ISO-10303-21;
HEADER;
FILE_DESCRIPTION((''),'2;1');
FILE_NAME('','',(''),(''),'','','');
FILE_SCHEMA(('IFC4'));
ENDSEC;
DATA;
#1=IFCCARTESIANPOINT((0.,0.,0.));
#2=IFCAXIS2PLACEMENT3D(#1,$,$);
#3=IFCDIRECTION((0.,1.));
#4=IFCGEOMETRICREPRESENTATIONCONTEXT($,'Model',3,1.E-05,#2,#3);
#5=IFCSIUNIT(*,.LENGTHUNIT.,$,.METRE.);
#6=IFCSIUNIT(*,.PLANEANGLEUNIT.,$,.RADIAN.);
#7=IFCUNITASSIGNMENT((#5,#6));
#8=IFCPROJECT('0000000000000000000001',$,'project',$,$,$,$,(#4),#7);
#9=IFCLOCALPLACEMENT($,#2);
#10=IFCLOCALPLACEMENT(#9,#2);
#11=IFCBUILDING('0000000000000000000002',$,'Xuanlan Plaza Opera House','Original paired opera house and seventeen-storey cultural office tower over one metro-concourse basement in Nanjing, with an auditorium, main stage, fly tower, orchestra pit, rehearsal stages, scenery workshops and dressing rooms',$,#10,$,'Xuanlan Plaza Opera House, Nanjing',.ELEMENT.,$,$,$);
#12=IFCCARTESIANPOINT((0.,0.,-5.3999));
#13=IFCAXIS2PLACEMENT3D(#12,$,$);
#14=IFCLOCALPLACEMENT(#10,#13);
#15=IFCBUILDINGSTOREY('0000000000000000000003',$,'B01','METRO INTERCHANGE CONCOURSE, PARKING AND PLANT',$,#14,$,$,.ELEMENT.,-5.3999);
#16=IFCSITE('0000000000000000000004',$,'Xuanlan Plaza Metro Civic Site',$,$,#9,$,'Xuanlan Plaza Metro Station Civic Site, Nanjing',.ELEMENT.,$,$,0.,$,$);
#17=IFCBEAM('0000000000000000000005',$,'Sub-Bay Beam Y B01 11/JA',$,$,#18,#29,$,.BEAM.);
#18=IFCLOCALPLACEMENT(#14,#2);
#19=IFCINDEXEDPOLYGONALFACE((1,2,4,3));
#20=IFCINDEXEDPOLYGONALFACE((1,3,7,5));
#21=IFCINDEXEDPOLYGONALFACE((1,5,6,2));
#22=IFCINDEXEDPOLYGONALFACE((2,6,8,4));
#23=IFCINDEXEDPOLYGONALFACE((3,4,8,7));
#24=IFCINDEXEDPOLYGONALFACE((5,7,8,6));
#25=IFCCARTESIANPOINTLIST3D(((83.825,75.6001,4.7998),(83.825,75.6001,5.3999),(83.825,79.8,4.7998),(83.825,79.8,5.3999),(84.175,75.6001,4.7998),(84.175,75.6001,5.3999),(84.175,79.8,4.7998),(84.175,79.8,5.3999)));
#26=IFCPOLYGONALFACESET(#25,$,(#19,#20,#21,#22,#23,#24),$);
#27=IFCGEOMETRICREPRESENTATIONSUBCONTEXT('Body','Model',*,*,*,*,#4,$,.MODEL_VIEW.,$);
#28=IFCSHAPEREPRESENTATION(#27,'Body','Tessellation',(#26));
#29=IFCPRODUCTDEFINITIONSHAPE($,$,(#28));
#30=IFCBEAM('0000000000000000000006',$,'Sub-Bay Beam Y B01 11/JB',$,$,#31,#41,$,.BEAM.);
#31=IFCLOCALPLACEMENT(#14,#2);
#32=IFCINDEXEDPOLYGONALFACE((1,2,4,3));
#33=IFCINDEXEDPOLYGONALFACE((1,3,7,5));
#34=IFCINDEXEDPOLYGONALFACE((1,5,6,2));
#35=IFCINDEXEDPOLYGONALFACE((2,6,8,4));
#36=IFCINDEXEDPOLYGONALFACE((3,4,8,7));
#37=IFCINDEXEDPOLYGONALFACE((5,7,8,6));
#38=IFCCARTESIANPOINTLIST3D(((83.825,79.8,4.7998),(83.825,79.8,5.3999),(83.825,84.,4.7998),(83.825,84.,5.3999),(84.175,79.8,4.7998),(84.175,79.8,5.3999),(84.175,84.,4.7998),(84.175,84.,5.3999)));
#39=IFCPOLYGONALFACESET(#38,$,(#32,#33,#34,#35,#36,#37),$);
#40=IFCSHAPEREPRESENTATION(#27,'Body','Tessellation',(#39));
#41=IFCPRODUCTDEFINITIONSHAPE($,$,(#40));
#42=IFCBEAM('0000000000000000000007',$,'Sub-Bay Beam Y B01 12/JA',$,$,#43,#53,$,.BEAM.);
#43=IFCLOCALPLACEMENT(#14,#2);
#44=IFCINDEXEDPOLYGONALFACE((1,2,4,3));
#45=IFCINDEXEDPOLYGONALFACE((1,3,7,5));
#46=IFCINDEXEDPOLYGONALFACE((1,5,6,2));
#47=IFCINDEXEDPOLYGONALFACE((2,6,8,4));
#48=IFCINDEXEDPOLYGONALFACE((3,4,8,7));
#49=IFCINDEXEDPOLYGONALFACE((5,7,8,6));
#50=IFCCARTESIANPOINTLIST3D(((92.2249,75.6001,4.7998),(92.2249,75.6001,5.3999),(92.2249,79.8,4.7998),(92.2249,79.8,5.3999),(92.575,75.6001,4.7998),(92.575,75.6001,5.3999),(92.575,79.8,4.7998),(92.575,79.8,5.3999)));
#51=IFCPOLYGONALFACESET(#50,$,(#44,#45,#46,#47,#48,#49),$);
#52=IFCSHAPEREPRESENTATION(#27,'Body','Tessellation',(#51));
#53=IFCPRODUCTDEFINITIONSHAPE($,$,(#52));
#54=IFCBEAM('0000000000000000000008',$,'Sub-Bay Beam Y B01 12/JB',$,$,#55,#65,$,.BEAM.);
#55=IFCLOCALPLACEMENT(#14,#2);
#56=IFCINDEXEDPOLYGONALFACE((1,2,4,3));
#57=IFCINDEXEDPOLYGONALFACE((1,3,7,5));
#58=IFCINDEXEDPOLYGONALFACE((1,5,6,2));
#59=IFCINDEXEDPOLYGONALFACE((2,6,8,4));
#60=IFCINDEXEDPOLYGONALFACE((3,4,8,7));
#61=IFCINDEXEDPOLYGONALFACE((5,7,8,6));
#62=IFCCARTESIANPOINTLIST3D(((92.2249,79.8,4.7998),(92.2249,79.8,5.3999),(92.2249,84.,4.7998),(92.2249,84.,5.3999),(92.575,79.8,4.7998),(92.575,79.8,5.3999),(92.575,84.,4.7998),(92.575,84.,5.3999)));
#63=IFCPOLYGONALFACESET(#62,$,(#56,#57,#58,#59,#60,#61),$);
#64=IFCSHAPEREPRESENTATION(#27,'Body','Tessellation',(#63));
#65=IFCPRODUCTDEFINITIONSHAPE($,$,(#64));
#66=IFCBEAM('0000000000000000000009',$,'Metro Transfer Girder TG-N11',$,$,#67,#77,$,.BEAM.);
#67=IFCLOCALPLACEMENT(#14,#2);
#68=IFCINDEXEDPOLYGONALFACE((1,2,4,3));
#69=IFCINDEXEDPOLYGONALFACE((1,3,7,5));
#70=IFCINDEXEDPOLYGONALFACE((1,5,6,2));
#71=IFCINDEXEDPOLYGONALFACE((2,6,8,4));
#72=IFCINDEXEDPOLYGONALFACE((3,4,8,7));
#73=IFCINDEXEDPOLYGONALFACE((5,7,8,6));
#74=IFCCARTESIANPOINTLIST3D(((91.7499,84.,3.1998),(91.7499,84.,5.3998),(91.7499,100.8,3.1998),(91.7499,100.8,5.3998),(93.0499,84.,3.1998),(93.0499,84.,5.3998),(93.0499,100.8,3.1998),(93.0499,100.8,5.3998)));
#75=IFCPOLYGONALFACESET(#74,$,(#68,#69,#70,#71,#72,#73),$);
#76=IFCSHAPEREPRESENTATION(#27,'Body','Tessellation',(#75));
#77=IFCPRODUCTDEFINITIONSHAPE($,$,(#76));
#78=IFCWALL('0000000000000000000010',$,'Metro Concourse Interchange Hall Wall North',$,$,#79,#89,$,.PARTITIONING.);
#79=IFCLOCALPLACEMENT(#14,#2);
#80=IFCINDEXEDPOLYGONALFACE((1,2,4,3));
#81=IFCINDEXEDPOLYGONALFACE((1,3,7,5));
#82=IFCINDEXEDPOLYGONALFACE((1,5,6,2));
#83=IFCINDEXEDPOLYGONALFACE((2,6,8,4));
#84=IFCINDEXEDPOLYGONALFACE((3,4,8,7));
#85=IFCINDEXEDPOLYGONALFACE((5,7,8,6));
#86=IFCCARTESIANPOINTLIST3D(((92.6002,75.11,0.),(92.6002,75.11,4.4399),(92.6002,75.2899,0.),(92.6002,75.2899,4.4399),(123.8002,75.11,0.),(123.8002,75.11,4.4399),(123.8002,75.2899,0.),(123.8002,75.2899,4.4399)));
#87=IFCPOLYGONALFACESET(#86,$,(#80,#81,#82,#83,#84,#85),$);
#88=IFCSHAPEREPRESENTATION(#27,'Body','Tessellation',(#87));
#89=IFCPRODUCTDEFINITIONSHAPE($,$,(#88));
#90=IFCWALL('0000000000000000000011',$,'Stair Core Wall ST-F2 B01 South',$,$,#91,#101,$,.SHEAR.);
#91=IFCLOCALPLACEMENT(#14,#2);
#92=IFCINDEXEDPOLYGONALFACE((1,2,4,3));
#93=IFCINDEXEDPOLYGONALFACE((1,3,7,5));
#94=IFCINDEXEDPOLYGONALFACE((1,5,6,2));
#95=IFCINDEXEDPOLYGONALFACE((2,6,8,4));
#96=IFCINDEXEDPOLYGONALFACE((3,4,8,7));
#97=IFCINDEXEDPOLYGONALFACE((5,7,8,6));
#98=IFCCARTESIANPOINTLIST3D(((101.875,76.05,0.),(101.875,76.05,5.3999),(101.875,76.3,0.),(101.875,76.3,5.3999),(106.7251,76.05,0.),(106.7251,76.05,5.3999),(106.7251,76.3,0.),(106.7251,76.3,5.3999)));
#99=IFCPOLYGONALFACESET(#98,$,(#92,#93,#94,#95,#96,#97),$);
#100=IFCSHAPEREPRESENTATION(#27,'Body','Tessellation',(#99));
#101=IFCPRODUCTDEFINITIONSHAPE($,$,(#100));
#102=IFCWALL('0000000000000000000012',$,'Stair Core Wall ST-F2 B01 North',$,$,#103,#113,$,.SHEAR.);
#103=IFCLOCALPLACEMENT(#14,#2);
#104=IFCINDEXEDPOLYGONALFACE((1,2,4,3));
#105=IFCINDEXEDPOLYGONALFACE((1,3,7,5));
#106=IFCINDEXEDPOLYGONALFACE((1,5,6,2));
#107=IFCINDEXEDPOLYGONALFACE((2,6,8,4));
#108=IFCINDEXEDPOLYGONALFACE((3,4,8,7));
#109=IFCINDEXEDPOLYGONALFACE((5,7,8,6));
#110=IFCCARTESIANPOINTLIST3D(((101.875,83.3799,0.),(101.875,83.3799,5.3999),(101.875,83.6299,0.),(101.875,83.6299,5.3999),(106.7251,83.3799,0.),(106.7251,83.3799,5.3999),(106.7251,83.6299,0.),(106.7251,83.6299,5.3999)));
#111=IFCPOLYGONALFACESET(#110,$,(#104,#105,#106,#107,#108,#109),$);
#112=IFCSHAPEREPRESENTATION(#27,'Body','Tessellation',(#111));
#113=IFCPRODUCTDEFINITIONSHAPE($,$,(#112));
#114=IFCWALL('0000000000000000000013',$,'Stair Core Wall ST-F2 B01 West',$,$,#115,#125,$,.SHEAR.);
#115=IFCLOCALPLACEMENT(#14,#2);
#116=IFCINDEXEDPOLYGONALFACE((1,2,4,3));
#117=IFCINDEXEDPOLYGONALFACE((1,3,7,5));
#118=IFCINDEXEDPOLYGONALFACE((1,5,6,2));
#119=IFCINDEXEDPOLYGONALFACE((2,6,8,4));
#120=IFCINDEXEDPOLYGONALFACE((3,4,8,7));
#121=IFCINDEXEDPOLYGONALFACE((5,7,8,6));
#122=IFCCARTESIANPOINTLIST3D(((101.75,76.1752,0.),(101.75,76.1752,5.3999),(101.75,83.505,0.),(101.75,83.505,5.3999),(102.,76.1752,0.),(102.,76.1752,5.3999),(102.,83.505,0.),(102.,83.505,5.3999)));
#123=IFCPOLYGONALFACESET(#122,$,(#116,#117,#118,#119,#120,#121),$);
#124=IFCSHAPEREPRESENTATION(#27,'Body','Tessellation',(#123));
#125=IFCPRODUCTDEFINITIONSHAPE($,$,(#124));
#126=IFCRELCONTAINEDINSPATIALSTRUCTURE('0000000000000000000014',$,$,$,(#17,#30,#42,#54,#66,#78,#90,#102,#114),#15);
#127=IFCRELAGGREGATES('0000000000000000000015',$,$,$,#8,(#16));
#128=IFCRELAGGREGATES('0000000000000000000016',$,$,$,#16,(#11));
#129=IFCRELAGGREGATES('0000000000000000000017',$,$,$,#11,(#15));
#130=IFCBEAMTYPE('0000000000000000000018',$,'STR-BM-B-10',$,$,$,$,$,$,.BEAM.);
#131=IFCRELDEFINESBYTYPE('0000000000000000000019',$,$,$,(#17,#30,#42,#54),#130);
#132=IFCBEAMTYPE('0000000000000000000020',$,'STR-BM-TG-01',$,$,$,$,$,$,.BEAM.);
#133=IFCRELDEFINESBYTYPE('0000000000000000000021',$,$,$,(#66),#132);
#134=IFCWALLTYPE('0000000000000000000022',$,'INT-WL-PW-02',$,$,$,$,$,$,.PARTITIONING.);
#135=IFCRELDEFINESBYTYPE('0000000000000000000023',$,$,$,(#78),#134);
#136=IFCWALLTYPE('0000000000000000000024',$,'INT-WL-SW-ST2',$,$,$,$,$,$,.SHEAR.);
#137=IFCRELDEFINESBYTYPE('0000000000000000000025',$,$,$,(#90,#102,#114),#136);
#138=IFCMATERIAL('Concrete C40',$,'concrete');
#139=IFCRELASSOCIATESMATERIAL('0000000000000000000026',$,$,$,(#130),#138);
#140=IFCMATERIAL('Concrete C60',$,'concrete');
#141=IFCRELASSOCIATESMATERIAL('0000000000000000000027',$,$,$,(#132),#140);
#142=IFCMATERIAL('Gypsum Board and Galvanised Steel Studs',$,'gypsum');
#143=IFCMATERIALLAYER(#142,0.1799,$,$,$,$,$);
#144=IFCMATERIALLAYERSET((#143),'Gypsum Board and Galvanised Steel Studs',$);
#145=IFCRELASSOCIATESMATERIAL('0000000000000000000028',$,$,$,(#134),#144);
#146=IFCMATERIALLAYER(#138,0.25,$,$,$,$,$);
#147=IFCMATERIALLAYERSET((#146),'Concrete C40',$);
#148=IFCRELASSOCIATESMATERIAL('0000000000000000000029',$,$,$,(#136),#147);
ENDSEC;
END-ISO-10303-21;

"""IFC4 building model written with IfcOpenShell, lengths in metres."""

from ifc_helpers import new_model, si_unit, direction, frame, frame_2d, origin, origin_2d, place, context, subcontext, project, spatial, rectangle, extrude, material, layer, layer_set, material_profile, profile_set, type_object, element, save


model = new_model("IFC4")

# Units and contexts
model_context = context("Model", 3, precision=1e-05, world=origin(), true_north=direction((0.0, 1.0)))
body_context = subcontext(model_context, "Body", "Model", "MODEL_VIEW")
ifc_project = project(units=[si_unit("LENGTHUNIT", "METRE"), si_unit("PLANEANGLEUNIT", "RADIAN")], contexts=[model_context])

# Site, building, storey
site_placement = place(None, origin())
site = spatial("IfcSite", under=ifc_project, at=site_placement, Name="Xuanlan Plaza Metro Civic Site", LongName="Xuanlan Plaza Metro Station Civic Site, Nanjing", CompositionType="ELEMENT", RefElevation=0.0)
building_placement = place(site_placement, origin())
building = spatial("IfcBuilding", under=site, at=building_placement, Name="Xuanlan Plaza Opera House", Description="Original paired opera house and seventeen-storey cultural office tower over one metro-concourse basement in Nanjing, with an auditorium, main stage, fly tower, orchestra pit, rehearsal stages, scenery workshops and dressing rooms", LongName="Xuanlan Plaza Opera House, Nanjing", CompositionType="ELEMENT")
storey_placement = place(building_placement, frame((0.0, 0.0, -5.3999)))
storey = spatial("IfcBuildingStorey", under=building, at=storey_placement, Name="B01", Description="METRO INTERCHANGE CONCOURSE, PARKING AND PLANT", CompositionType="ELEMENT", Elevation=-5.3999)

# Shared definitions
ifc_material_1 = material(Name="Concrete C40", Category="concrete")

# Shared definitions
ifc_material_2 = material(Name="Concrete C60", Category="concrete")

# Beams
ifc_material_profile_1 = material_profile(ifc_material_1, rectangle(XDim=0.3501, YDim=0.6001, at=origin_2d()), Name="RC-BM 350x600")
ifc_profile_set_1 = profile_set([ifc_material_profile_1], Name="Concrete C40")
beam_type_1 = type_object("IfcBeamType", Name="STR-BM-B-10", PredefinedType="BEAM", material=ifc_profile_set_1)
for number, where, z_axis, x_axis, name in (
    (1, (84.0, 75.6001, 5.0999), (0.0, 1.0, 0.0), (-1.0, 0.0, 0.0), "Sub-Bay Beam Y B01 11/JA"),
    (2, (84.0, 79.8, 5.0999), (0.0, 1.0, 0.0), (-1.0, 0.0, 0.0), "Sub-Bay Beam Y B01 11/JB"),
    (3, (92.3999, 75.6001, 5.0999), (0.0, 1.0, 0.0), (-1.0, 0.0, 0.0), "Sub-Bay Beam Y B01 12/JA"),
    (4, (92.3999, 79.8, 5.0999), (0.0, 1.0, 0.0), (-1.0, 0.0, 0.0), "Sub-Bay Beam Y B01 12/JB"),
):
    element("IfcBeam", number, at=place(storey_placement, frame(where, z_axis=z_axis, x_axis=x_axis)), inside=storey, type_object=beam_type_1, Name=name, PredefinedType="BEAM", context=body_context, shape_type="SweptSolid", body=[
        extrude(rectangle(XDim=0.3501, YDim=0.6001, at=origin_2d()), origin(), (0.0, 0.0, 1.0), 4.2),
    ])
ifc_material_profile_2 = material_profile(ifc_material_2, rectangle(XDim=1.3, YDim=2.2, at=origin_2d()), Name="RC-TG 1300x2200")
ifc_profile_set_2 = profile_set([ifc_material_profile_2], Name="Concrete C60")
beam_type_2 = type_object("IfcBeamType", Name="STR-BM-TG-01", PredefinedType="BEAM", material=ifc_profile_set_2)
beam_1_placement = place(storey_placement, frame((92.3999, 84.0, 4.2998), z_axis=(0.0, 1.0, 0.0), x_axis=(-1.0, 0.0, 0.0)))
element("IfcBeam", 5, at=beam_1_placement, inside=storey, type_object=beam_type_2, Name="Metro Transfer Girder TG-N11", PredefinedType="BEAM", context=body_context, shape_type="SweptSolid", body=[
    extrude(rectangle(XDim=1.3, YDim=2.2, at=origin_2d()), origin(), (0.0, 0.0, 1.0), 16.8),
])

# Walls
ifc_material_3 = material(Name="Gypsum Board and Galvanised Steel Studs", Category="gypsum")
ifc_layer_1 = layer(ifc_material_3, 0.1799)
ifc_layer_set_1 = layer_set([ifc_layer_1], Name="Gypsum Board and Galvanised Steel Studs")
wall_type_1 = type_object("IfcWallType", Name="INT-WL-PW-02", PredefinedType="PARTITIONING", material=ifc_layer_set_1)
wall_1_placement = place(storey_placement, frame((92.6001, 75.2, 0.0), z_axis=(0.0, 0.0, 1.0), x_axis=(1.0, 0.0, 0.0)))
element("IfcWall", 6, at=wall_1_placement, inside=storey, type_object=wall_type_1, Name="Metro Concourse Interchange Hall Wall North", PredefinedType="PARTITIONING", context=body_context, shape_type="SweptSolid", body=[
    extrude(rectangle(XDim=31.2, YDim=0.1799, at=frame_2d((15.6001, 0.0))), origin(), (0.0, 0.0, 1.0), 4.4399),
])
ifc_layer_2 = layer(ifc_material_1, 0.25)
ifc_layer_set_2 = layer_set([ifc_layer_2], Name="Concrete C40")
wall_type_2 = type_object("IfcWallType", Name="INT-WL-SW-ST2", PredefinedType="SHEAR", material=ifc_layer_set_2)
for number, where, z_axis, x_axis, name in (
    (7, (101.875, 76.175, 0.0), (0.0, 0.0, 1.0), (1.0, 0.0, 0.0), "Stair Core Wall ST-F2 B01 South"),
    (8, (101.875, 83.5049, 0.0), (0.0, 0.0, 1.0), (1.0, 0.0, 0.0), "Stair Core Wall ST-F2 B01 North"),
):
    element("IfcWall", number, at=place(storey_placement, frame(where, z_axis=z_axis, x_axis=x_axis)), inside=storey, type_object=wall_type_2, Name=name, PredefinedType="SHEAR", context=body_context, shape_type="SweptSolid", body=[
        extrude(rectangle(XDim=4.8501, YDim=0.25, at=frame_2d((2.425, 0.0))), origin(), (0.0, 0.0, 1.0), 5.3999),
    ])
wall_2_placement = place(storey_placement, frame((101.875, 76.175, 0.0), z_axis=(0.0, 0.0, 1.0), x_axis=(0.0, 1.0, 0.0)))
element("IfcWall", 9, at=wall_2_placement, inside=storey, type_object=wall_type_2, Name="Stair Core Wall ST-F2 B01 West", PredefinedType="SHEAR", context=body_context, shape_type="SweptSolid", body=[
    extrude(rectangle(XDim=7.3298, YDim=0.25, at=frame_2d((3.665, 0.0))), origin(), (0.0, 0.0, 1.0), 5.3999),
])

save(model, "model.ifc")
